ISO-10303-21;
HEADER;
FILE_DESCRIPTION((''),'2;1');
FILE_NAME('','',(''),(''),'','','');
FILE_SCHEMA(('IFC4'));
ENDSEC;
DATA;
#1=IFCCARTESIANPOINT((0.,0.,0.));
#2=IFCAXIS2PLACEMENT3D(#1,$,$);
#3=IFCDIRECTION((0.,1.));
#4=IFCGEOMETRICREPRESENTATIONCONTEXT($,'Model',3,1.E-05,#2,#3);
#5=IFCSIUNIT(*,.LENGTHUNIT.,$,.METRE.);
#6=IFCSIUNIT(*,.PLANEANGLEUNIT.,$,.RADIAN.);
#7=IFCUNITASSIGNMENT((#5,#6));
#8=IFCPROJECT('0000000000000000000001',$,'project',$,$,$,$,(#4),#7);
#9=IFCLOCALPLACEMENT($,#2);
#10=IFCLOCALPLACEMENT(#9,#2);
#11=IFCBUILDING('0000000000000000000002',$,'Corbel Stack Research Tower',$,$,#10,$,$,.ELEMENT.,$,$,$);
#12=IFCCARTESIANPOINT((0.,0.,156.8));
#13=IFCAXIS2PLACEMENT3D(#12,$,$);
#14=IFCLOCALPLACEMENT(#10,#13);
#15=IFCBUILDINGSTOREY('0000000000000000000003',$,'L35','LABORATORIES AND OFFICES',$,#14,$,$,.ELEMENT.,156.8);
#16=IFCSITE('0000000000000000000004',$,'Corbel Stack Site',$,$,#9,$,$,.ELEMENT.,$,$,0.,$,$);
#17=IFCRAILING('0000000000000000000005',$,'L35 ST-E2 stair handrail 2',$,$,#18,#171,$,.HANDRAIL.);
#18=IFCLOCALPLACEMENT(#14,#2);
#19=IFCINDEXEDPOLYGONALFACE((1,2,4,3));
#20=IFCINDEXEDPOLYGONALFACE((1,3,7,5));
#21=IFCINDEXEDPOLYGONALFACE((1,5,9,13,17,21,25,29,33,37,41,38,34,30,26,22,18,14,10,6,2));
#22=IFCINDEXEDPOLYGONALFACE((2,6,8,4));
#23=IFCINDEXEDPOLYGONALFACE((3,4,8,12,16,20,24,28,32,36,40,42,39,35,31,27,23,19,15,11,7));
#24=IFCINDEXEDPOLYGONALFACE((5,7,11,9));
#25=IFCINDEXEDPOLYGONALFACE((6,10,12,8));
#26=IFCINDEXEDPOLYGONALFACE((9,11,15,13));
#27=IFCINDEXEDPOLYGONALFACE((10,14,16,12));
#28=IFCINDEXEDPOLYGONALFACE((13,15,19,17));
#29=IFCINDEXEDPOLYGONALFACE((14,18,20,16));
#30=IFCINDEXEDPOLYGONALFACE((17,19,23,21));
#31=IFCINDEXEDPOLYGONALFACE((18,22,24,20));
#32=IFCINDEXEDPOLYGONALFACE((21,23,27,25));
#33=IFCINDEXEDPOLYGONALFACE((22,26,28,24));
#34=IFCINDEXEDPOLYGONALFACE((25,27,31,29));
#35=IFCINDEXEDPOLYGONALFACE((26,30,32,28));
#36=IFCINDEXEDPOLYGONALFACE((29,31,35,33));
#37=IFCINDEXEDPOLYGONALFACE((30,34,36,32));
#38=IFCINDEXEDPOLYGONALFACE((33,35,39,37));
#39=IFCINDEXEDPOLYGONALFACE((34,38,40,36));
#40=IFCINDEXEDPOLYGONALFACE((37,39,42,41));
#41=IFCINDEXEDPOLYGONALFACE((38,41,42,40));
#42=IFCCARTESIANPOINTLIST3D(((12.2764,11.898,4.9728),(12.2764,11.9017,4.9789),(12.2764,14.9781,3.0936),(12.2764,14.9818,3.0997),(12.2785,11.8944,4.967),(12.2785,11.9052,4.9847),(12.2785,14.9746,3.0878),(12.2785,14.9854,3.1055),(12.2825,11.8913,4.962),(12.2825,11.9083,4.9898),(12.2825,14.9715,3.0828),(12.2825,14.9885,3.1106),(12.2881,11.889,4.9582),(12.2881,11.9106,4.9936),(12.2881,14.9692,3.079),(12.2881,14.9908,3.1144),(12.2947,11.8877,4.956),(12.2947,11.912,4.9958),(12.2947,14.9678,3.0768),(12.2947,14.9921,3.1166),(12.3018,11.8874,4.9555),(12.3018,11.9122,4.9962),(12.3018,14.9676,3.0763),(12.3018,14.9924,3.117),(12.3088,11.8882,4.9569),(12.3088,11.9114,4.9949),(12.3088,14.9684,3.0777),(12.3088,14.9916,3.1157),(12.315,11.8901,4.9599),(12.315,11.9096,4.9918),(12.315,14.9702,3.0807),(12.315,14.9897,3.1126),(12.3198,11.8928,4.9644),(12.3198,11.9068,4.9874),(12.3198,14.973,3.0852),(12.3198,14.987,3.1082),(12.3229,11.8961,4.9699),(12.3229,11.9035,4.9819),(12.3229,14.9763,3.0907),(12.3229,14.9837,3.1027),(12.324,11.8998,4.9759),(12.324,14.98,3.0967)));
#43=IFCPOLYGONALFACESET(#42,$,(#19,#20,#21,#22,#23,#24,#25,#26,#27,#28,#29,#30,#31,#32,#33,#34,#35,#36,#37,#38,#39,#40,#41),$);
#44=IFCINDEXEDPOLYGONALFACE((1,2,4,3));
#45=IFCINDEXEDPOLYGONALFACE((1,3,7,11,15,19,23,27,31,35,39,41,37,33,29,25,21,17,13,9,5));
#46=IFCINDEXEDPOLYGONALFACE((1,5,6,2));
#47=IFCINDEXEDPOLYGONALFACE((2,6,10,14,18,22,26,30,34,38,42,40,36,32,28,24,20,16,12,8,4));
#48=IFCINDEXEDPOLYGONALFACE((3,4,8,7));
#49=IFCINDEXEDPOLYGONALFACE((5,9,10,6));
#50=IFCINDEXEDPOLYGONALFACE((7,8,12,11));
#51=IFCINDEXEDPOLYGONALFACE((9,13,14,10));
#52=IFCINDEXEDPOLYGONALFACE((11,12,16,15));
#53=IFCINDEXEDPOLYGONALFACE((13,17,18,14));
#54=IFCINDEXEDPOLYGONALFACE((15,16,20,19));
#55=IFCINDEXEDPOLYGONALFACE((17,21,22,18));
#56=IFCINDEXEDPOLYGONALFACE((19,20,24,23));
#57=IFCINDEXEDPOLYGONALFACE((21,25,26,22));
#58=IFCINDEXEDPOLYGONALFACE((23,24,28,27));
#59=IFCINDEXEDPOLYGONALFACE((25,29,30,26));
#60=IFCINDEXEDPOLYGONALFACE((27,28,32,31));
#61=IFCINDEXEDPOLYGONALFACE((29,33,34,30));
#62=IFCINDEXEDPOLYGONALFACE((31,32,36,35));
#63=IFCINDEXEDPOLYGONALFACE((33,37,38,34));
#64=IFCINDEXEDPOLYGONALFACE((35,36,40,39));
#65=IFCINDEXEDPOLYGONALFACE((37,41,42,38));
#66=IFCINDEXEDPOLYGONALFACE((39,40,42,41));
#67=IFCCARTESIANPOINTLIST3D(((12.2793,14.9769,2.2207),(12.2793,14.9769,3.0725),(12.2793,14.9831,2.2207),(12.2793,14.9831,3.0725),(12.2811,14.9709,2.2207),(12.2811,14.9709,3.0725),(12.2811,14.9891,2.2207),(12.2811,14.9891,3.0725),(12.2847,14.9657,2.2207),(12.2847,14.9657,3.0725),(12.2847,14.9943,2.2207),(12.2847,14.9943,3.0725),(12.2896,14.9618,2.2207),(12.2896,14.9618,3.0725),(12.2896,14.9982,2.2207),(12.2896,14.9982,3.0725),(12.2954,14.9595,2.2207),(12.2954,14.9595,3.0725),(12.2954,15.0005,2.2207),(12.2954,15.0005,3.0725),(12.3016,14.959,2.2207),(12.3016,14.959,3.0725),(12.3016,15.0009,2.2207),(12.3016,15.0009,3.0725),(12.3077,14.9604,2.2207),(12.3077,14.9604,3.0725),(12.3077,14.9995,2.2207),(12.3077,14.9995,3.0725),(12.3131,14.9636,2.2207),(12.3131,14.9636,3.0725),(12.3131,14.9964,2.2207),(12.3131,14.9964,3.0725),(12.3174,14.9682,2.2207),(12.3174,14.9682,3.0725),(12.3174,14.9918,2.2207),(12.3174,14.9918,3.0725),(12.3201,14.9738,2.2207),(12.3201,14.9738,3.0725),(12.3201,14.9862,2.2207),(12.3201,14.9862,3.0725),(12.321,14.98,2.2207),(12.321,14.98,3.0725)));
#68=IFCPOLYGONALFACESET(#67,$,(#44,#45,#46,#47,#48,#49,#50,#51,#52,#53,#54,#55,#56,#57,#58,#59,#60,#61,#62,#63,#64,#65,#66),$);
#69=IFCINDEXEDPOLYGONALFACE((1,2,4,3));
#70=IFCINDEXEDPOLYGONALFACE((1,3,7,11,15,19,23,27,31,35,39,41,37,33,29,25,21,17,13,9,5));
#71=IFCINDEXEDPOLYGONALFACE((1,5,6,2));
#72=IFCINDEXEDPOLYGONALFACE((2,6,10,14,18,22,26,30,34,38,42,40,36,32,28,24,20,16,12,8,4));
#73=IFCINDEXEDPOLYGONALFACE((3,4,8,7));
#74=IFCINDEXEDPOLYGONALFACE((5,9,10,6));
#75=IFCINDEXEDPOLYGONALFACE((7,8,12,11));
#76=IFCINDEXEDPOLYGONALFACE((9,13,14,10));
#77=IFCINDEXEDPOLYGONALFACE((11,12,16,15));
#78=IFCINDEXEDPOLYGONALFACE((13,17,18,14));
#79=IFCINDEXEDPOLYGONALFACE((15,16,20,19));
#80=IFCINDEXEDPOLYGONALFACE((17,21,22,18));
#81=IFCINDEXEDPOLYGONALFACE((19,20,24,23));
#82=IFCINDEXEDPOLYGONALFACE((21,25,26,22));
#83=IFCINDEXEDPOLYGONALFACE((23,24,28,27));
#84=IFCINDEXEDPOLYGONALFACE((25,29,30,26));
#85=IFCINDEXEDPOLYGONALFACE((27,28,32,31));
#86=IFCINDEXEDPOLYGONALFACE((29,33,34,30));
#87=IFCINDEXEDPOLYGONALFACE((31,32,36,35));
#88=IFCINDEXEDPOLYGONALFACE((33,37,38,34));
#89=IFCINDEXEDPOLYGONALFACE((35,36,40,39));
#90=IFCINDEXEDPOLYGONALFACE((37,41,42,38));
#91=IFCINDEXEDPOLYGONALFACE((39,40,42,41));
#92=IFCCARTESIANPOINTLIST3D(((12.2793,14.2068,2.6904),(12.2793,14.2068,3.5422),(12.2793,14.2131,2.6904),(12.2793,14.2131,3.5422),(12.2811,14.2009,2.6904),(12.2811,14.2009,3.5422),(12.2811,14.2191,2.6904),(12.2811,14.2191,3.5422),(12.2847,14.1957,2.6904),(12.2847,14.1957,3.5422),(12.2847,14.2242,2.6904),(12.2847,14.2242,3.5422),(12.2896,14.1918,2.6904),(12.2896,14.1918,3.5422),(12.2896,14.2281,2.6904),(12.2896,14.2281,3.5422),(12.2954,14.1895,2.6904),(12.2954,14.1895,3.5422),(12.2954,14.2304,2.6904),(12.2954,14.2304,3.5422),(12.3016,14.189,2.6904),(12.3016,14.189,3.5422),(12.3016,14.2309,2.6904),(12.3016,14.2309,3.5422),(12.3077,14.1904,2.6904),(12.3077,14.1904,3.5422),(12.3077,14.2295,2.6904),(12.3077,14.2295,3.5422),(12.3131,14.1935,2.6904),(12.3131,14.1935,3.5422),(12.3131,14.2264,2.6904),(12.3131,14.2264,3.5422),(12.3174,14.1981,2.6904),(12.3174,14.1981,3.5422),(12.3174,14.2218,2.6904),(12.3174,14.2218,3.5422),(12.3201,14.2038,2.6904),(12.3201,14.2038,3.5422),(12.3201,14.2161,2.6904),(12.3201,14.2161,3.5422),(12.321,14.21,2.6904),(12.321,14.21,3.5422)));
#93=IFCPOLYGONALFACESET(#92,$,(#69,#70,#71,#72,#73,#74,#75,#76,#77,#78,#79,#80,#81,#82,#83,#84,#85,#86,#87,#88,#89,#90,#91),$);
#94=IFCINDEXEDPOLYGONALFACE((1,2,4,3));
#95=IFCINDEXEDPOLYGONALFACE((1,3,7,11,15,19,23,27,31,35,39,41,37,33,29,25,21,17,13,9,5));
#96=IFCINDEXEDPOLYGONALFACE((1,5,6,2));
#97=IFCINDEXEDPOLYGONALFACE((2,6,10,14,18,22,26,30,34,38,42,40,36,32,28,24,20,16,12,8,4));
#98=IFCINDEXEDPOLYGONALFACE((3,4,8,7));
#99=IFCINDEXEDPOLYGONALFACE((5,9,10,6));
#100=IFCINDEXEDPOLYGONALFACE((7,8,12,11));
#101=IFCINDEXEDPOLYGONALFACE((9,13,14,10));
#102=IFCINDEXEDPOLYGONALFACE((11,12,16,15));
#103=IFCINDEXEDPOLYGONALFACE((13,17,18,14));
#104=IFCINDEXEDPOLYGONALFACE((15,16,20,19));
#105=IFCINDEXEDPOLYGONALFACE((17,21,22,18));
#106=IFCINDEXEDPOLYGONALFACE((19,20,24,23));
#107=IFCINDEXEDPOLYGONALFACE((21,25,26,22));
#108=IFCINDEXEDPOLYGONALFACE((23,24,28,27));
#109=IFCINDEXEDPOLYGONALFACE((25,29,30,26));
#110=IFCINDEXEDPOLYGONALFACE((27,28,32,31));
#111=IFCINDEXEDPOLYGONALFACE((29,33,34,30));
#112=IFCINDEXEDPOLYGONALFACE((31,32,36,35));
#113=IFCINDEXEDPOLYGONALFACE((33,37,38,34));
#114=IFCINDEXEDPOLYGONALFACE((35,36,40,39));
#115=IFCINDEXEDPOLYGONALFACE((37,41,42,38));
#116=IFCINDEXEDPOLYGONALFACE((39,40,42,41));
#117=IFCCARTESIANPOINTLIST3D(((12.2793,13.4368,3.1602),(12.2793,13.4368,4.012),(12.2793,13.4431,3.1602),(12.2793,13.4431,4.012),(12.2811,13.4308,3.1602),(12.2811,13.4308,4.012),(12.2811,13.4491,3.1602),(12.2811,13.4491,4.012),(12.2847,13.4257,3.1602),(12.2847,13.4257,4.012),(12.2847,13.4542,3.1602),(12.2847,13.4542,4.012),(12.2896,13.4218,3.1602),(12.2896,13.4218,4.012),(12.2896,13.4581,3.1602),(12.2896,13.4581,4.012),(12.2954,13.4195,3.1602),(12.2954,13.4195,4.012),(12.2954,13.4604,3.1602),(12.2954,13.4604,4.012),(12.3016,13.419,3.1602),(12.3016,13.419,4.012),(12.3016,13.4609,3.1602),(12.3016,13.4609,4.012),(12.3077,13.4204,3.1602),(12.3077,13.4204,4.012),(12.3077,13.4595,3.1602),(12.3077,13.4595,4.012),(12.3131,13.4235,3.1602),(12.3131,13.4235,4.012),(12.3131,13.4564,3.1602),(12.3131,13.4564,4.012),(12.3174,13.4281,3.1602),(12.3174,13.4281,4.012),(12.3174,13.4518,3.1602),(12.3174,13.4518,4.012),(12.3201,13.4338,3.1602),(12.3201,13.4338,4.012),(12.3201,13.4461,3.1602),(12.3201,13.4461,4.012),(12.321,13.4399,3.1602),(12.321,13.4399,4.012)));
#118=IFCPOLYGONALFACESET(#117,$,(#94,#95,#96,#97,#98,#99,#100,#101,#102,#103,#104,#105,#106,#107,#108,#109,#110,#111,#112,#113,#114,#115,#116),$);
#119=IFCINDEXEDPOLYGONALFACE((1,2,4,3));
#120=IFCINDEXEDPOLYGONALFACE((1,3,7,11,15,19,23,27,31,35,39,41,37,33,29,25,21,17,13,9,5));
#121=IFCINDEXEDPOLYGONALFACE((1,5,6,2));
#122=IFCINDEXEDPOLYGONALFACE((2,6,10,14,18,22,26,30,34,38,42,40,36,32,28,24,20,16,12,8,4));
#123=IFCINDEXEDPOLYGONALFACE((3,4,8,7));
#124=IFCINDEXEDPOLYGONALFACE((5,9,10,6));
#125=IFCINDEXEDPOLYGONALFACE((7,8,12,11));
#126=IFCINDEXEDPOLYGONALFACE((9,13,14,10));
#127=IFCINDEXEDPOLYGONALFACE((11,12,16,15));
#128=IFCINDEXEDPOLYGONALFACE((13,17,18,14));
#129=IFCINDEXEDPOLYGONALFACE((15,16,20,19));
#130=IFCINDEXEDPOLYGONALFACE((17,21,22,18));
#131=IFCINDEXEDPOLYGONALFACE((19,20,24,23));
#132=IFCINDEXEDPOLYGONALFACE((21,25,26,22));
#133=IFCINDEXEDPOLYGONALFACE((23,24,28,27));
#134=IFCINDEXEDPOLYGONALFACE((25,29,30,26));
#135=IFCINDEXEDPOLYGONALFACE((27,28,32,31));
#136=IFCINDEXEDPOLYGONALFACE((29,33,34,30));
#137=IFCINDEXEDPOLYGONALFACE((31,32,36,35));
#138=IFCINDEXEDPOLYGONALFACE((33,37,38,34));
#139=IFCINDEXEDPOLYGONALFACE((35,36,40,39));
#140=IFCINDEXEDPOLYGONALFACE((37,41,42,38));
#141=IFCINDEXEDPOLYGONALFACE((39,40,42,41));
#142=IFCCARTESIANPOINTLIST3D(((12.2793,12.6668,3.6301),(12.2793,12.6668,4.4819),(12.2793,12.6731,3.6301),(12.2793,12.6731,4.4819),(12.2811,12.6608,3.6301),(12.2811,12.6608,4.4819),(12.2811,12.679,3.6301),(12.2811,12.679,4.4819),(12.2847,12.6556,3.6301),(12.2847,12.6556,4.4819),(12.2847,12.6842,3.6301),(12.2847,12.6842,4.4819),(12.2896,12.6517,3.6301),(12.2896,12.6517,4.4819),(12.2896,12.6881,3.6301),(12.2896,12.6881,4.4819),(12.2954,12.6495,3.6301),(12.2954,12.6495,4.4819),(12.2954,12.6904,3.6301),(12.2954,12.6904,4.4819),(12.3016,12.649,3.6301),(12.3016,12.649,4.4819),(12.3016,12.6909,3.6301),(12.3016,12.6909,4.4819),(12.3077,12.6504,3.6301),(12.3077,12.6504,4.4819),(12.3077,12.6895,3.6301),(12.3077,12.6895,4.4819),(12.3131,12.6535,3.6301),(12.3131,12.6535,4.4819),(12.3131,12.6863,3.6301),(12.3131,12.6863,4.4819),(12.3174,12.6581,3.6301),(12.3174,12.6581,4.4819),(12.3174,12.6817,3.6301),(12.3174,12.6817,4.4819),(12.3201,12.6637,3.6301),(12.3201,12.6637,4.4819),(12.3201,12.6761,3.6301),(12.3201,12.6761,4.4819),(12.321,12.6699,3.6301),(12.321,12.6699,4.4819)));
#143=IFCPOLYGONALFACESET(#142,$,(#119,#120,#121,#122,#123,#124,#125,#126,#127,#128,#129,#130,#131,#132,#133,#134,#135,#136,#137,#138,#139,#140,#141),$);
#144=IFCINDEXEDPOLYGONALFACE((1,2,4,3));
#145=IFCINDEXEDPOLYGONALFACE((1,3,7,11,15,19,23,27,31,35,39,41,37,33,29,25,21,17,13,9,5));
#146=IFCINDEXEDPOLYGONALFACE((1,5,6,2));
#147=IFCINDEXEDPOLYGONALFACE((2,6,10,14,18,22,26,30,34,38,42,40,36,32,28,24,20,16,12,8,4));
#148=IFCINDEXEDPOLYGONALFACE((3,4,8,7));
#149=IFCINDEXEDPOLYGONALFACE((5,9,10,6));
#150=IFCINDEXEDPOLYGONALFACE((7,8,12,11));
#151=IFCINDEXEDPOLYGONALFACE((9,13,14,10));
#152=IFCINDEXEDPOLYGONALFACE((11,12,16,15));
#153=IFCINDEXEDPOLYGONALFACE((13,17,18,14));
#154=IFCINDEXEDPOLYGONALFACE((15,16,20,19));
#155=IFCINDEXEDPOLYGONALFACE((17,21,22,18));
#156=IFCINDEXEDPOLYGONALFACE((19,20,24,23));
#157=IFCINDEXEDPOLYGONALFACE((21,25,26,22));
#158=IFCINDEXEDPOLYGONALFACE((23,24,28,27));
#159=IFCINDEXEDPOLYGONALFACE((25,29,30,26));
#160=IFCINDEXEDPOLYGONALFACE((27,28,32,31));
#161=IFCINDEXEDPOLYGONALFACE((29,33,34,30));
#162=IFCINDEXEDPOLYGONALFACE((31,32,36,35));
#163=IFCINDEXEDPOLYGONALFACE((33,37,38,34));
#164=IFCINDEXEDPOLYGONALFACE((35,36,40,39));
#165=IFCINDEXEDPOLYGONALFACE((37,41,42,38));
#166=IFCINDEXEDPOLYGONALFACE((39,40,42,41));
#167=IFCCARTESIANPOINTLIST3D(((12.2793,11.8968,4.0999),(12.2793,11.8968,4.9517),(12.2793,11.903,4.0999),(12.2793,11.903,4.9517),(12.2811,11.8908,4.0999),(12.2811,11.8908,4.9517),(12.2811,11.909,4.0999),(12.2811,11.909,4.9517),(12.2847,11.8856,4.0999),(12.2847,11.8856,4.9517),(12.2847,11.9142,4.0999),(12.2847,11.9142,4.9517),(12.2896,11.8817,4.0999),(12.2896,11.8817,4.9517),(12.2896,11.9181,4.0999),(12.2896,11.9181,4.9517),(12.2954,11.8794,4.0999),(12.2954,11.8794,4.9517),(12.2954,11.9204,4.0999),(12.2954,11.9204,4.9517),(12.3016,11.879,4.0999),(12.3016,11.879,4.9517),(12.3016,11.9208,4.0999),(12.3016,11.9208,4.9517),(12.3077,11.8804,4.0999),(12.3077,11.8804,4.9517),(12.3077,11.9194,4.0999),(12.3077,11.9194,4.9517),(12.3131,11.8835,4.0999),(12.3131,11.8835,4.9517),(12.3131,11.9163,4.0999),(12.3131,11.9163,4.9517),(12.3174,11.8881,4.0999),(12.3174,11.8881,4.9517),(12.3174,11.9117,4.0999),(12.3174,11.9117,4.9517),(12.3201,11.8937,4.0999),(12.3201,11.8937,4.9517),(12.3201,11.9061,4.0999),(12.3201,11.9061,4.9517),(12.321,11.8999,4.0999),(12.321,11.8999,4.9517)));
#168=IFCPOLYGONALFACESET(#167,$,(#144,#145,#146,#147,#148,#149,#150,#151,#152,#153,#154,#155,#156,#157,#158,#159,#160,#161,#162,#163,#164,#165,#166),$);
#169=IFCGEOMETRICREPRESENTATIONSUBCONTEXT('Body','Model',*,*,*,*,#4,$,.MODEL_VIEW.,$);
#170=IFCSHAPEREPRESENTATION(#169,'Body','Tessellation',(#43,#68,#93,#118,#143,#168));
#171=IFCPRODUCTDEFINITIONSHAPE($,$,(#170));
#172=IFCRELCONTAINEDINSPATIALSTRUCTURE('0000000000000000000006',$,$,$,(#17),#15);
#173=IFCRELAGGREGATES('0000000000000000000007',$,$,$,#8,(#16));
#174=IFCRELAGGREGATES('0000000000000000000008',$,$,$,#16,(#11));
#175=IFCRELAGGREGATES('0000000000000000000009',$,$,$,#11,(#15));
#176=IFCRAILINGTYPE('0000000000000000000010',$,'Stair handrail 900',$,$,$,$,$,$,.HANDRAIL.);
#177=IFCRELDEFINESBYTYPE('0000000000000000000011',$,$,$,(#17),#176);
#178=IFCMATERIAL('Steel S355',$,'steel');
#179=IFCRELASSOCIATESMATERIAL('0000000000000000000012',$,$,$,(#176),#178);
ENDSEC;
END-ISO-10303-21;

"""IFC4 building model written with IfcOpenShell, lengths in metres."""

from ifc_helpers import new_model, si_unit, direction, frame, origin, origin_2d, place, context, subcontext, project, spatial, circle, extrude, material, type_object, element, save


model = new_model("IFC4")

# Units and contexts
model_context = context("Model", 3, precision=1e-05, world=origin(), true_north=direction((0.0, 1.0)))
body_context = subcontext(model_context, "Body", "Model", "MODEL_VIEW")
ifc_project = project(units=[si_unit("LENGTHUNIT", "METRE"), si_unit("PLANEANGLEUNIT", "RADIAN")], contexts=[model_context])

# Site, building, storey
site_placement = place(None, origin())
site = spatial("IfcSite", under=ifc_project, at=site_placement, Name="Corbel Stack Site", CompositionType="ELEMENT", RefElevation=0.0)
building_placement = place(site_placement, origin())
building = spatial("IfcBuilding", under=site, at=building_placement, Name="Corbel Stack Research Tower", CompositionType="ELEMENT")
storey_placement = place(building_placement, frame((0.0, 0.0, 156.8)))
storey = spatial("IfcBuildingStorey", under=building, at=storey_placement, Name="L35", Description="LABORATORIES AND OFFICES", CompositionType="ELEMENT", Elevation=156.8)

# Railing
ifc_material_1 = material(Name="Steel S355", Category="steel")
railing_type_1 = type_object("IfcRailingType", Name="Stair handrail 900", PredefinedType="HANDRAIL", material=ifc_material_1)
railing_1_placement = place(storey_placement, frame((12.3, 14.98, 2.2207)))
element("IfcRailing", 1, at=railing_1_placement, inside=storey, type_object=railing_type_1, Name="L35 ST-E2 stair handrail 2", PredefinedType="HANDRAIL", context=body_context, shape_type="SweptSolid", body=[
    extrude(circle(Radius=0.0239, at=origin_2d()), frame((0.0, 0.0, 0.876), z_axis=(0.0, -0.853666, 0.52082), x_axis=(1.0, 0.0, 0.0)), (0.0, 0.0, 1.0), 3.6082),
    extrude(circle(Radius=0.021, at=origin_2d()), origin(), (0.0, 0.0, 1.0), 0.8518),
    extrude(circle(Radius=0.021, at=origin_2d()), frame((0.0, -0.77, 0.4697)), (0.0, 0.0, 1.0), 0.8518),
    extrude(circle(Radius=0.021, at=origin_2d()), frame((0.0, -1.54, 0.9395)), (0.0, 0.0, 1.0), 0.8518),
    extrude(circle(Radius=0.021, at=origin_2d()), frame((0.0, -2.3101, 1.4094)), (0.0, 0.0, 1.0), 0.8518),
    extrude(circle(Radius=0.021, at=origin_2d()), frame((0.0, -3.0801, 1.8792)), (0.0, 0.0, 1.0), 0.8518),
])

save(model, "model.ifc")
